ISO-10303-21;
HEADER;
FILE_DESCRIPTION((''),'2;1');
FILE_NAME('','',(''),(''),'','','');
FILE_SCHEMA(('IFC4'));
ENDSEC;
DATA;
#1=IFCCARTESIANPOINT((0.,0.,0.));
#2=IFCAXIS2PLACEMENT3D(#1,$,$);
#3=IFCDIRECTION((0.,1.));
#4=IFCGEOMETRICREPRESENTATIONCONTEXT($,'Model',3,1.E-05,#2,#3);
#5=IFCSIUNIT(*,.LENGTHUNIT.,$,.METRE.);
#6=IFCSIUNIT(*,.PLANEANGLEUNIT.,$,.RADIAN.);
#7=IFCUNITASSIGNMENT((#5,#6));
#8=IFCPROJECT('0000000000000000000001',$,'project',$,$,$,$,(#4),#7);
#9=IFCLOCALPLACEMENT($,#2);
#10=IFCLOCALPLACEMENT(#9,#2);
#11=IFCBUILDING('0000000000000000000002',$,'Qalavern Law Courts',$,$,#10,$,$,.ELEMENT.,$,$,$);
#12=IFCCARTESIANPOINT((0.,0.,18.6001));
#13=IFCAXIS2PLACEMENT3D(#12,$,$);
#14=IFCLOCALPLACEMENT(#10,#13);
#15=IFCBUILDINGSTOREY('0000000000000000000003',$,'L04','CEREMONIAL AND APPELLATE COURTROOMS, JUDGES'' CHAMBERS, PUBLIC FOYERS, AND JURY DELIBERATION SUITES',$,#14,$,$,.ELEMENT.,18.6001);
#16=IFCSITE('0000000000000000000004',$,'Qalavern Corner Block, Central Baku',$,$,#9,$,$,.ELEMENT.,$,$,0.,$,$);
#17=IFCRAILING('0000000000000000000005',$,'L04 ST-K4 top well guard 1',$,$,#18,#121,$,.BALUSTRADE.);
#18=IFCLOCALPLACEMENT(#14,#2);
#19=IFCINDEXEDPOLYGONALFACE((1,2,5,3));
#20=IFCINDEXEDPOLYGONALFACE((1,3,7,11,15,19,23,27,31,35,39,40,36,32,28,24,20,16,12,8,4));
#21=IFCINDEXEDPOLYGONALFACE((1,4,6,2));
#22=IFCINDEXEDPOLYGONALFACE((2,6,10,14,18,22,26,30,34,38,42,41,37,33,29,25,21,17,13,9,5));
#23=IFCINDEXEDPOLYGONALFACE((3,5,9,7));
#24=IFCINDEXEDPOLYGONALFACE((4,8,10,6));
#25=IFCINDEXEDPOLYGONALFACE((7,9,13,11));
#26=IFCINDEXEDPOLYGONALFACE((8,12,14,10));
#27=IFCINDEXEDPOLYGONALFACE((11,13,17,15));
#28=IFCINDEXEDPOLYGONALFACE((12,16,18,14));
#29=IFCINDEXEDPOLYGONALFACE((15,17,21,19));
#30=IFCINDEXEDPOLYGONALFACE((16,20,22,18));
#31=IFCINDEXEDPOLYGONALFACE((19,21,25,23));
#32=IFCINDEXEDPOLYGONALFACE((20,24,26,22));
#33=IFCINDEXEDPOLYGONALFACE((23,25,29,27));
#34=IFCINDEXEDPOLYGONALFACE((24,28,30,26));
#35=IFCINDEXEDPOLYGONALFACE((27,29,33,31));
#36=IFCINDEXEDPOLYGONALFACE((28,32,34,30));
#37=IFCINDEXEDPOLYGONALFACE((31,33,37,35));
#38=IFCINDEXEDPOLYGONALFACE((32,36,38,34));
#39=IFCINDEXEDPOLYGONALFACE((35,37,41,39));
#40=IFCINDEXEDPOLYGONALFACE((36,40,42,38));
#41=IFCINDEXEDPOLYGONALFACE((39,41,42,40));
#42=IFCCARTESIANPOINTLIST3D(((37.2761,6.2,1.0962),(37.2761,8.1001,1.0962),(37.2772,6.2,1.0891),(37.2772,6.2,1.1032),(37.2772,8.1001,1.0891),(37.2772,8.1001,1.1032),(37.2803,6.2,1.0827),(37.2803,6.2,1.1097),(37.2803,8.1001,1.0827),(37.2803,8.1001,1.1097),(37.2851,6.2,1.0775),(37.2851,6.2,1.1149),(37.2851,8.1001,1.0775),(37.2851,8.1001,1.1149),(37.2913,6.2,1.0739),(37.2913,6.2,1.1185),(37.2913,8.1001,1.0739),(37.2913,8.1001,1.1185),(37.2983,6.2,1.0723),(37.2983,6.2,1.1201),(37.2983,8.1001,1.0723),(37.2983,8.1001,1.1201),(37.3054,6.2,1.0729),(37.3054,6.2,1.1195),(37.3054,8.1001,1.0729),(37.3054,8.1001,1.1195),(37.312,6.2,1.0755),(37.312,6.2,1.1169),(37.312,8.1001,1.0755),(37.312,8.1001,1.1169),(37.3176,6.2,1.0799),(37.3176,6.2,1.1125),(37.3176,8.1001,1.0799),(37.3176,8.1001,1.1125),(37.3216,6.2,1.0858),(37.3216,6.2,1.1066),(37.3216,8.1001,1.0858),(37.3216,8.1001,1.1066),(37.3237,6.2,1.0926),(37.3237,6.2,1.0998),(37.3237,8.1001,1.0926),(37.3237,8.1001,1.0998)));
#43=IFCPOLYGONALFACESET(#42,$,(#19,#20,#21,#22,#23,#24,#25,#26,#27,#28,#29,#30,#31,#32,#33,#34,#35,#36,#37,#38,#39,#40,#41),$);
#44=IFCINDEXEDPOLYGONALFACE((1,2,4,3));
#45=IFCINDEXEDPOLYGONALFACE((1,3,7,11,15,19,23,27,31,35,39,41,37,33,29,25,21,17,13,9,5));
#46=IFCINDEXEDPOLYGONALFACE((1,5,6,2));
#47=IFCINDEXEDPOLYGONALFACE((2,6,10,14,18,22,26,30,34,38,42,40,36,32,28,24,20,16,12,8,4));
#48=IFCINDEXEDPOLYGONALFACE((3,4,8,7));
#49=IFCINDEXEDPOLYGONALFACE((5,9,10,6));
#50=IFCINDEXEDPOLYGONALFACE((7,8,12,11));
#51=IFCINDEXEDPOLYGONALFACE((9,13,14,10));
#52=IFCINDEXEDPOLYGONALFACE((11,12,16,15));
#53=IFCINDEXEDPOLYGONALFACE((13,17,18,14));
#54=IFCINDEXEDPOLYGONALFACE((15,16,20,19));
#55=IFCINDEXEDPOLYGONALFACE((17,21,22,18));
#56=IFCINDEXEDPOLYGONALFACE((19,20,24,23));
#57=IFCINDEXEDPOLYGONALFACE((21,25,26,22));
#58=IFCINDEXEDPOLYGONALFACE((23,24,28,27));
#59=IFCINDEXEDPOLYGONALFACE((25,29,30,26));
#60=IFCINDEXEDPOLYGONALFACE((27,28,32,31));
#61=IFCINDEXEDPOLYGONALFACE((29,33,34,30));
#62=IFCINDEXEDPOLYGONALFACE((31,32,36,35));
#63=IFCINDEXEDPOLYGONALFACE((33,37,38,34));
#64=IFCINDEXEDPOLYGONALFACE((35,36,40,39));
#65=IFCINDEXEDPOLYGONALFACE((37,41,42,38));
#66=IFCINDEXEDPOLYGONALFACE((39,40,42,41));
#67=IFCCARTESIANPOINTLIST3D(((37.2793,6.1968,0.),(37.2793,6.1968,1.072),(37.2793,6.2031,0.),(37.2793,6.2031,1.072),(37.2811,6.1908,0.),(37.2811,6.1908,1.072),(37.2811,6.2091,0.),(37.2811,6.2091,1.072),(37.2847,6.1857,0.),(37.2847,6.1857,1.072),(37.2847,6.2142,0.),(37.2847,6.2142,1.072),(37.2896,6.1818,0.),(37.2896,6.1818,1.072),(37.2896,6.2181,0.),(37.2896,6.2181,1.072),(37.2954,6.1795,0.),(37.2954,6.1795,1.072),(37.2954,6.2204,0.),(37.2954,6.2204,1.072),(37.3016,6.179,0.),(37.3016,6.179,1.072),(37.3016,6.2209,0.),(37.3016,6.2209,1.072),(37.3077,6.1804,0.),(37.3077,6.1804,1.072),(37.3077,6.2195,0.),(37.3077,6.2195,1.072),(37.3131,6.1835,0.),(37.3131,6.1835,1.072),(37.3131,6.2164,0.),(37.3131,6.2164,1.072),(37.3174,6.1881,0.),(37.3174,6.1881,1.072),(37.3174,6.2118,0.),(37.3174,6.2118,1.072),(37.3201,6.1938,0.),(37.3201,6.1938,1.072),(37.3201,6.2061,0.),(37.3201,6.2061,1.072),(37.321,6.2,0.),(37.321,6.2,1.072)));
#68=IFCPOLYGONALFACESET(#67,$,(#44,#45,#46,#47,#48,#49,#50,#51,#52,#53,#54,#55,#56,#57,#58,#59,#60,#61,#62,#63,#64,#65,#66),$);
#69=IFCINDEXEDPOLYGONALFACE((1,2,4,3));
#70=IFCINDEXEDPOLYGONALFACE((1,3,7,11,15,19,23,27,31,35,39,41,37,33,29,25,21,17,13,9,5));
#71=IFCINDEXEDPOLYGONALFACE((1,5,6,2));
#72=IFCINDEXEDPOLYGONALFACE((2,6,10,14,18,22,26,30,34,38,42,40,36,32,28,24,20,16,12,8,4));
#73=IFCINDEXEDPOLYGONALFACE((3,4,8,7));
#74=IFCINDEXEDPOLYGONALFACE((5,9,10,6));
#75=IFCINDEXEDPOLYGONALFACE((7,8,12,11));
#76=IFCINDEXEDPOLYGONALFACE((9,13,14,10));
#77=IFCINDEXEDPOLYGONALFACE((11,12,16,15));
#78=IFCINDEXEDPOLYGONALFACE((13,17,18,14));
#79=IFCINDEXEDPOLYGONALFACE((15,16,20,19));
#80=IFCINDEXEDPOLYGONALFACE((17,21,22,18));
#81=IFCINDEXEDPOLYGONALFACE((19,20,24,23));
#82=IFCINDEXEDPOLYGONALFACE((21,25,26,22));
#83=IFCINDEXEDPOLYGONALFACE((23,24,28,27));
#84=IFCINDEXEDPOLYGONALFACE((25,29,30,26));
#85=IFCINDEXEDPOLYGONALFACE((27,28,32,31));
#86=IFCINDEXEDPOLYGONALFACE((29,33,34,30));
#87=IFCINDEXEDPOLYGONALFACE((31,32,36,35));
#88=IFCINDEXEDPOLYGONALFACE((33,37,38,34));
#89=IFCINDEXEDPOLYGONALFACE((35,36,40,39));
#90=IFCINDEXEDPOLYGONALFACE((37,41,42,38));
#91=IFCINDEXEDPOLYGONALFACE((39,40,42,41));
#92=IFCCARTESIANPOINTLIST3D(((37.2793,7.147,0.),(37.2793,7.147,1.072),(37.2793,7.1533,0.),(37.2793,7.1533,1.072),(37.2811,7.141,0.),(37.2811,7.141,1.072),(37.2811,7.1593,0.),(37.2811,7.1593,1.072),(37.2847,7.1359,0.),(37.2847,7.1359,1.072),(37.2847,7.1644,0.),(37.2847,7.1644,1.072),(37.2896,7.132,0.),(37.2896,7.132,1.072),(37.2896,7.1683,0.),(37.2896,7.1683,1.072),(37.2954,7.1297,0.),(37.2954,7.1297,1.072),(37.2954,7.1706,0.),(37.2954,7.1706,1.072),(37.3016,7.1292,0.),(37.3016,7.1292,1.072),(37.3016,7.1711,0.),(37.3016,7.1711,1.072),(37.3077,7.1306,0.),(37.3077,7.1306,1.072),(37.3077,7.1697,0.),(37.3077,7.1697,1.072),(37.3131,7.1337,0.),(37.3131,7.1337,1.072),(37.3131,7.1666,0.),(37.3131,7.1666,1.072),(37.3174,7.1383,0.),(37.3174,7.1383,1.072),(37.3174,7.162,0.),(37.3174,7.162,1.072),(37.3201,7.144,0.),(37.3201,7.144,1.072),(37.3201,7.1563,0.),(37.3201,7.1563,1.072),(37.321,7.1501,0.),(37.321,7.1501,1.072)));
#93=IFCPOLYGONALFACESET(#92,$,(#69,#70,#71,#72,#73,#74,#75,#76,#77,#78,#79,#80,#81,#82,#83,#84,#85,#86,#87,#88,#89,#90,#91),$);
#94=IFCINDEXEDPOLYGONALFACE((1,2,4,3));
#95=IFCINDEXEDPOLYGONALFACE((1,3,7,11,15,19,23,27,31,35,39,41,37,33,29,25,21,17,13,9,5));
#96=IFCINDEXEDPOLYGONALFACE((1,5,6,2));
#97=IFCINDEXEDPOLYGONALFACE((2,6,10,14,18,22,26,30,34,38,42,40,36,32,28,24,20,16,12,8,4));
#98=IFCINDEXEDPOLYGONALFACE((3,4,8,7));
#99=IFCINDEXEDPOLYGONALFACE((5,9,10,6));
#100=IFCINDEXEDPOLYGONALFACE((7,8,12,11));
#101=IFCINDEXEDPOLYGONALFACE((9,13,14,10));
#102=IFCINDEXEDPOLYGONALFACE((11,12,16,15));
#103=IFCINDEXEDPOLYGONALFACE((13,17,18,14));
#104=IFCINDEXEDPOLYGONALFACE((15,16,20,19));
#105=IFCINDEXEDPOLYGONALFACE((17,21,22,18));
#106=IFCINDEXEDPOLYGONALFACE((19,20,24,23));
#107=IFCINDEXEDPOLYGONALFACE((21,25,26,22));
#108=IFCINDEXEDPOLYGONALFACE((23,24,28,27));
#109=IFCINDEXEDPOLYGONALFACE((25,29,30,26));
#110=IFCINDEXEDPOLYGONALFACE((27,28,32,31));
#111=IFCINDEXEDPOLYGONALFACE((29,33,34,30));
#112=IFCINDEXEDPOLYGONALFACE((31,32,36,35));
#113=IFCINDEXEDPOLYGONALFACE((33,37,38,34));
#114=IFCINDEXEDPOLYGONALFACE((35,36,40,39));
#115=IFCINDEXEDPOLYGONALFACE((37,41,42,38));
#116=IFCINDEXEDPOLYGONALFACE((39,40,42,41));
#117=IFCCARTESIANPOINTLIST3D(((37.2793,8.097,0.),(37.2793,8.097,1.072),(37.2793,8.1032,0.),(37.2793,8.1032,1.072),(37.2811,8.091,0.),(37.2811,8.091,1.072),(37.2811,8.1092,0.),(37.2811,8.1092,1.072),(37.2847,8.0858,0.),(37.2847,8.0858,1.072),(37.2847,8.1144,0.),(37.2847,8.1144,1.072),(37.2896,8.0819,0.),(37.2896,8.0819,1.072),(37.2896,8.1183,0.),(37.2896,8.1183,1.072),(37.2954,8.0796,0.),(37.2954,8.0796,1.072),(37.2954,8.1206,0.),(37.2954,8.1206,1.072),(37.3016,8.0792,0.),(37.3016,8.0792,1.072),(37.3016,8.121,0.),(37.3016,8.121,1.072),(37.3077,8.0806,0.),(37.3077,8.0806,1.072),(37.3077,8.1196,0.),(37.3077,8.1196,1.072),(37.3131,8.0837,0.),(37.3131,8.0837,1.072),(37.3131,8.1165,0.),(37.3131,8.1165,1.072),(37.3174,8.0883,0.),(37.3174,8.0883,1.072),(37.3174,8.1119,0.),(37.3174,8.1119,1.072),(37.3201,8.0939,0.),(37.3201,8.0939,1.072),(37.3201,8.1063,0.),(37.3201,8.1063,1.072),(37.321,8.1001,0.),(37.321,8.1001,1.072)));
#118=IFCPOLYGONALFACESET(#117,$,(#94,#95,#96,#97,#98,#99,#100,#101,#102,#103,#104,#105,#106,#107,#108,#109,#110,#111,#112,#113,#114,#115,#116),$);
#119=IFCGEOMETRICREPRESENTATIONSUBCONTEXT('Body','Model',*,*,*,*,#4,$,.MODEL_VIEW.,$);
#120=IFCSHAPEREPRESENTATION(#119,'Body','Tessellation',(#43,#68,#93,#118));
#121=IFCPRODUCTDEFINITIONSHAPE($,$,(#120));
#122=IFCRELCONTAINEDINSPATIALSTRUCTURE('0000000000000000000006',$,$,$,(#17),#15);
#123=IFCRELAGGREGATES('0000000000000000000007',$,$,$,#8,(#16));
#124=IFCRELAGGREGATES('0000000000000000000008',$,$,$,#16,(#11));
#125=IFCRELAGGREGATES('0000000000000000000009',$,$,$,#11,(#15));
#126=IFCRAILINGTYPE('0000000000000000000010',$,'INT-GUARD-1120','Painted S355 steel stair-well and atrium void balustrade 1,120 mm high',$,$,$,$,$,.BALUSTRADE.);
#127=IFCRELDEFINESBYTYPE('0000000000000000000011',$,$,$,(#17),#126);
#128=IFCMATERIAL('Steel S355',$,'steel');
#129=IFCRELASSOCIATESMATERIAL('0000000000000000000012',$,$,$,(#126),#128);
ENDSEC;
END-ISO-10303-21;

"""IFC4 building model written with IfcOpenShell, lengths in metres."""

from ifc_helpers import new_model, si_unit, direction, frame, origin, origin_2d, place, context, subcontext, project, spatial, circle, extrude, material, type_object, element, save


model = new_model("IFC4")

# Units and contexts
model_context = context("Model", 3, precision=1e-05, world=origin(), true_north=direction((0.0, 1.0)))
body_context = subcontext(model_context, "Body", "Model", "MODEL_VIEW")
ifc_project = project(units=[si_unit("LENGTHUNIT", "METRE"), si_unit("PLANEANGLEUNIT", "RADIAN")], contexts=[model_context])

# Site, building, storey
site_placement = place(None, origin())
site = spatial("IfcSite", under=ifc_project, at=site_placement, Name="Qalavern Corner Block, Central Baku", CompositionType="ELEMENT", RefElevation=0.0)
building_placement = place(site_placement, origin())
building = spatial("IfcBuilding", under=site, at=building_placement, Name="Qalavern Law Courts", CompositionType="ELEMENT")
storey_placement = place(building_placement, frame((0.0, 0.0, 18.6001)))
storey = spatial("IfcBuildingStorey", under=building, at=storey_placement, Name="L04", Description="CEREMONIAL AND APPELLATE COURTROOMS, JUDGES' CHAMBERS, PUBLIC FOYERS, AND JURY DELIBERATION SUITES", CompositionType="ELEMENT", Elevation=18.6001)

# Shared definitions
ifc_material_1 = material(Name="Steel S355", Category="steel")

# Railing
railing_type = type_object("IfcRailingType", Name="INT-GUARD-1120", Description="Painted S355 steel stair-well and atrium void balustrade 1,120 mm high", PredefinedType="BALUSTRADE", material=ifc_material_1)
railing_placement = place(storey_placement, frame((37.3, 6.2, 0.0)))
element("IfcRailing", 1, at=railing_placement, inside=storey, type_object=railing_type, Name="L04 ST-K4 top well guard 1", PredefinedType="BALUSTRADE", context=body_context, shape_type="SweptSolid", body=[
    extrude(circle(Radius=0.0239, at=origin_2d()), frame((0.0, 0.0, 1.0962), z_axis=(0.0, 1.0, 0.0), x_axis=(-1.0, 0.0, 0.0)), (0.0, 0.0, 1.0), 1.9001),
    extrude(circle(Radius=0.021, at=origin_2d()), origin(), (0.0, 0.0, 1.0), 1.072),
    extrude(circle(Radius=0.021, at=origin_2d()), frame((0.0, 0.9502, 0.0)), (0.0, 0.0, 1.0), 1.072),
    extrude(circle(Radius=0.021, at=origin_2d()), frame((0.0, 1.9001, 0.0)), (0.0, 0.0, 1.0), 1.072),
])

save(model, "model.ifc")
